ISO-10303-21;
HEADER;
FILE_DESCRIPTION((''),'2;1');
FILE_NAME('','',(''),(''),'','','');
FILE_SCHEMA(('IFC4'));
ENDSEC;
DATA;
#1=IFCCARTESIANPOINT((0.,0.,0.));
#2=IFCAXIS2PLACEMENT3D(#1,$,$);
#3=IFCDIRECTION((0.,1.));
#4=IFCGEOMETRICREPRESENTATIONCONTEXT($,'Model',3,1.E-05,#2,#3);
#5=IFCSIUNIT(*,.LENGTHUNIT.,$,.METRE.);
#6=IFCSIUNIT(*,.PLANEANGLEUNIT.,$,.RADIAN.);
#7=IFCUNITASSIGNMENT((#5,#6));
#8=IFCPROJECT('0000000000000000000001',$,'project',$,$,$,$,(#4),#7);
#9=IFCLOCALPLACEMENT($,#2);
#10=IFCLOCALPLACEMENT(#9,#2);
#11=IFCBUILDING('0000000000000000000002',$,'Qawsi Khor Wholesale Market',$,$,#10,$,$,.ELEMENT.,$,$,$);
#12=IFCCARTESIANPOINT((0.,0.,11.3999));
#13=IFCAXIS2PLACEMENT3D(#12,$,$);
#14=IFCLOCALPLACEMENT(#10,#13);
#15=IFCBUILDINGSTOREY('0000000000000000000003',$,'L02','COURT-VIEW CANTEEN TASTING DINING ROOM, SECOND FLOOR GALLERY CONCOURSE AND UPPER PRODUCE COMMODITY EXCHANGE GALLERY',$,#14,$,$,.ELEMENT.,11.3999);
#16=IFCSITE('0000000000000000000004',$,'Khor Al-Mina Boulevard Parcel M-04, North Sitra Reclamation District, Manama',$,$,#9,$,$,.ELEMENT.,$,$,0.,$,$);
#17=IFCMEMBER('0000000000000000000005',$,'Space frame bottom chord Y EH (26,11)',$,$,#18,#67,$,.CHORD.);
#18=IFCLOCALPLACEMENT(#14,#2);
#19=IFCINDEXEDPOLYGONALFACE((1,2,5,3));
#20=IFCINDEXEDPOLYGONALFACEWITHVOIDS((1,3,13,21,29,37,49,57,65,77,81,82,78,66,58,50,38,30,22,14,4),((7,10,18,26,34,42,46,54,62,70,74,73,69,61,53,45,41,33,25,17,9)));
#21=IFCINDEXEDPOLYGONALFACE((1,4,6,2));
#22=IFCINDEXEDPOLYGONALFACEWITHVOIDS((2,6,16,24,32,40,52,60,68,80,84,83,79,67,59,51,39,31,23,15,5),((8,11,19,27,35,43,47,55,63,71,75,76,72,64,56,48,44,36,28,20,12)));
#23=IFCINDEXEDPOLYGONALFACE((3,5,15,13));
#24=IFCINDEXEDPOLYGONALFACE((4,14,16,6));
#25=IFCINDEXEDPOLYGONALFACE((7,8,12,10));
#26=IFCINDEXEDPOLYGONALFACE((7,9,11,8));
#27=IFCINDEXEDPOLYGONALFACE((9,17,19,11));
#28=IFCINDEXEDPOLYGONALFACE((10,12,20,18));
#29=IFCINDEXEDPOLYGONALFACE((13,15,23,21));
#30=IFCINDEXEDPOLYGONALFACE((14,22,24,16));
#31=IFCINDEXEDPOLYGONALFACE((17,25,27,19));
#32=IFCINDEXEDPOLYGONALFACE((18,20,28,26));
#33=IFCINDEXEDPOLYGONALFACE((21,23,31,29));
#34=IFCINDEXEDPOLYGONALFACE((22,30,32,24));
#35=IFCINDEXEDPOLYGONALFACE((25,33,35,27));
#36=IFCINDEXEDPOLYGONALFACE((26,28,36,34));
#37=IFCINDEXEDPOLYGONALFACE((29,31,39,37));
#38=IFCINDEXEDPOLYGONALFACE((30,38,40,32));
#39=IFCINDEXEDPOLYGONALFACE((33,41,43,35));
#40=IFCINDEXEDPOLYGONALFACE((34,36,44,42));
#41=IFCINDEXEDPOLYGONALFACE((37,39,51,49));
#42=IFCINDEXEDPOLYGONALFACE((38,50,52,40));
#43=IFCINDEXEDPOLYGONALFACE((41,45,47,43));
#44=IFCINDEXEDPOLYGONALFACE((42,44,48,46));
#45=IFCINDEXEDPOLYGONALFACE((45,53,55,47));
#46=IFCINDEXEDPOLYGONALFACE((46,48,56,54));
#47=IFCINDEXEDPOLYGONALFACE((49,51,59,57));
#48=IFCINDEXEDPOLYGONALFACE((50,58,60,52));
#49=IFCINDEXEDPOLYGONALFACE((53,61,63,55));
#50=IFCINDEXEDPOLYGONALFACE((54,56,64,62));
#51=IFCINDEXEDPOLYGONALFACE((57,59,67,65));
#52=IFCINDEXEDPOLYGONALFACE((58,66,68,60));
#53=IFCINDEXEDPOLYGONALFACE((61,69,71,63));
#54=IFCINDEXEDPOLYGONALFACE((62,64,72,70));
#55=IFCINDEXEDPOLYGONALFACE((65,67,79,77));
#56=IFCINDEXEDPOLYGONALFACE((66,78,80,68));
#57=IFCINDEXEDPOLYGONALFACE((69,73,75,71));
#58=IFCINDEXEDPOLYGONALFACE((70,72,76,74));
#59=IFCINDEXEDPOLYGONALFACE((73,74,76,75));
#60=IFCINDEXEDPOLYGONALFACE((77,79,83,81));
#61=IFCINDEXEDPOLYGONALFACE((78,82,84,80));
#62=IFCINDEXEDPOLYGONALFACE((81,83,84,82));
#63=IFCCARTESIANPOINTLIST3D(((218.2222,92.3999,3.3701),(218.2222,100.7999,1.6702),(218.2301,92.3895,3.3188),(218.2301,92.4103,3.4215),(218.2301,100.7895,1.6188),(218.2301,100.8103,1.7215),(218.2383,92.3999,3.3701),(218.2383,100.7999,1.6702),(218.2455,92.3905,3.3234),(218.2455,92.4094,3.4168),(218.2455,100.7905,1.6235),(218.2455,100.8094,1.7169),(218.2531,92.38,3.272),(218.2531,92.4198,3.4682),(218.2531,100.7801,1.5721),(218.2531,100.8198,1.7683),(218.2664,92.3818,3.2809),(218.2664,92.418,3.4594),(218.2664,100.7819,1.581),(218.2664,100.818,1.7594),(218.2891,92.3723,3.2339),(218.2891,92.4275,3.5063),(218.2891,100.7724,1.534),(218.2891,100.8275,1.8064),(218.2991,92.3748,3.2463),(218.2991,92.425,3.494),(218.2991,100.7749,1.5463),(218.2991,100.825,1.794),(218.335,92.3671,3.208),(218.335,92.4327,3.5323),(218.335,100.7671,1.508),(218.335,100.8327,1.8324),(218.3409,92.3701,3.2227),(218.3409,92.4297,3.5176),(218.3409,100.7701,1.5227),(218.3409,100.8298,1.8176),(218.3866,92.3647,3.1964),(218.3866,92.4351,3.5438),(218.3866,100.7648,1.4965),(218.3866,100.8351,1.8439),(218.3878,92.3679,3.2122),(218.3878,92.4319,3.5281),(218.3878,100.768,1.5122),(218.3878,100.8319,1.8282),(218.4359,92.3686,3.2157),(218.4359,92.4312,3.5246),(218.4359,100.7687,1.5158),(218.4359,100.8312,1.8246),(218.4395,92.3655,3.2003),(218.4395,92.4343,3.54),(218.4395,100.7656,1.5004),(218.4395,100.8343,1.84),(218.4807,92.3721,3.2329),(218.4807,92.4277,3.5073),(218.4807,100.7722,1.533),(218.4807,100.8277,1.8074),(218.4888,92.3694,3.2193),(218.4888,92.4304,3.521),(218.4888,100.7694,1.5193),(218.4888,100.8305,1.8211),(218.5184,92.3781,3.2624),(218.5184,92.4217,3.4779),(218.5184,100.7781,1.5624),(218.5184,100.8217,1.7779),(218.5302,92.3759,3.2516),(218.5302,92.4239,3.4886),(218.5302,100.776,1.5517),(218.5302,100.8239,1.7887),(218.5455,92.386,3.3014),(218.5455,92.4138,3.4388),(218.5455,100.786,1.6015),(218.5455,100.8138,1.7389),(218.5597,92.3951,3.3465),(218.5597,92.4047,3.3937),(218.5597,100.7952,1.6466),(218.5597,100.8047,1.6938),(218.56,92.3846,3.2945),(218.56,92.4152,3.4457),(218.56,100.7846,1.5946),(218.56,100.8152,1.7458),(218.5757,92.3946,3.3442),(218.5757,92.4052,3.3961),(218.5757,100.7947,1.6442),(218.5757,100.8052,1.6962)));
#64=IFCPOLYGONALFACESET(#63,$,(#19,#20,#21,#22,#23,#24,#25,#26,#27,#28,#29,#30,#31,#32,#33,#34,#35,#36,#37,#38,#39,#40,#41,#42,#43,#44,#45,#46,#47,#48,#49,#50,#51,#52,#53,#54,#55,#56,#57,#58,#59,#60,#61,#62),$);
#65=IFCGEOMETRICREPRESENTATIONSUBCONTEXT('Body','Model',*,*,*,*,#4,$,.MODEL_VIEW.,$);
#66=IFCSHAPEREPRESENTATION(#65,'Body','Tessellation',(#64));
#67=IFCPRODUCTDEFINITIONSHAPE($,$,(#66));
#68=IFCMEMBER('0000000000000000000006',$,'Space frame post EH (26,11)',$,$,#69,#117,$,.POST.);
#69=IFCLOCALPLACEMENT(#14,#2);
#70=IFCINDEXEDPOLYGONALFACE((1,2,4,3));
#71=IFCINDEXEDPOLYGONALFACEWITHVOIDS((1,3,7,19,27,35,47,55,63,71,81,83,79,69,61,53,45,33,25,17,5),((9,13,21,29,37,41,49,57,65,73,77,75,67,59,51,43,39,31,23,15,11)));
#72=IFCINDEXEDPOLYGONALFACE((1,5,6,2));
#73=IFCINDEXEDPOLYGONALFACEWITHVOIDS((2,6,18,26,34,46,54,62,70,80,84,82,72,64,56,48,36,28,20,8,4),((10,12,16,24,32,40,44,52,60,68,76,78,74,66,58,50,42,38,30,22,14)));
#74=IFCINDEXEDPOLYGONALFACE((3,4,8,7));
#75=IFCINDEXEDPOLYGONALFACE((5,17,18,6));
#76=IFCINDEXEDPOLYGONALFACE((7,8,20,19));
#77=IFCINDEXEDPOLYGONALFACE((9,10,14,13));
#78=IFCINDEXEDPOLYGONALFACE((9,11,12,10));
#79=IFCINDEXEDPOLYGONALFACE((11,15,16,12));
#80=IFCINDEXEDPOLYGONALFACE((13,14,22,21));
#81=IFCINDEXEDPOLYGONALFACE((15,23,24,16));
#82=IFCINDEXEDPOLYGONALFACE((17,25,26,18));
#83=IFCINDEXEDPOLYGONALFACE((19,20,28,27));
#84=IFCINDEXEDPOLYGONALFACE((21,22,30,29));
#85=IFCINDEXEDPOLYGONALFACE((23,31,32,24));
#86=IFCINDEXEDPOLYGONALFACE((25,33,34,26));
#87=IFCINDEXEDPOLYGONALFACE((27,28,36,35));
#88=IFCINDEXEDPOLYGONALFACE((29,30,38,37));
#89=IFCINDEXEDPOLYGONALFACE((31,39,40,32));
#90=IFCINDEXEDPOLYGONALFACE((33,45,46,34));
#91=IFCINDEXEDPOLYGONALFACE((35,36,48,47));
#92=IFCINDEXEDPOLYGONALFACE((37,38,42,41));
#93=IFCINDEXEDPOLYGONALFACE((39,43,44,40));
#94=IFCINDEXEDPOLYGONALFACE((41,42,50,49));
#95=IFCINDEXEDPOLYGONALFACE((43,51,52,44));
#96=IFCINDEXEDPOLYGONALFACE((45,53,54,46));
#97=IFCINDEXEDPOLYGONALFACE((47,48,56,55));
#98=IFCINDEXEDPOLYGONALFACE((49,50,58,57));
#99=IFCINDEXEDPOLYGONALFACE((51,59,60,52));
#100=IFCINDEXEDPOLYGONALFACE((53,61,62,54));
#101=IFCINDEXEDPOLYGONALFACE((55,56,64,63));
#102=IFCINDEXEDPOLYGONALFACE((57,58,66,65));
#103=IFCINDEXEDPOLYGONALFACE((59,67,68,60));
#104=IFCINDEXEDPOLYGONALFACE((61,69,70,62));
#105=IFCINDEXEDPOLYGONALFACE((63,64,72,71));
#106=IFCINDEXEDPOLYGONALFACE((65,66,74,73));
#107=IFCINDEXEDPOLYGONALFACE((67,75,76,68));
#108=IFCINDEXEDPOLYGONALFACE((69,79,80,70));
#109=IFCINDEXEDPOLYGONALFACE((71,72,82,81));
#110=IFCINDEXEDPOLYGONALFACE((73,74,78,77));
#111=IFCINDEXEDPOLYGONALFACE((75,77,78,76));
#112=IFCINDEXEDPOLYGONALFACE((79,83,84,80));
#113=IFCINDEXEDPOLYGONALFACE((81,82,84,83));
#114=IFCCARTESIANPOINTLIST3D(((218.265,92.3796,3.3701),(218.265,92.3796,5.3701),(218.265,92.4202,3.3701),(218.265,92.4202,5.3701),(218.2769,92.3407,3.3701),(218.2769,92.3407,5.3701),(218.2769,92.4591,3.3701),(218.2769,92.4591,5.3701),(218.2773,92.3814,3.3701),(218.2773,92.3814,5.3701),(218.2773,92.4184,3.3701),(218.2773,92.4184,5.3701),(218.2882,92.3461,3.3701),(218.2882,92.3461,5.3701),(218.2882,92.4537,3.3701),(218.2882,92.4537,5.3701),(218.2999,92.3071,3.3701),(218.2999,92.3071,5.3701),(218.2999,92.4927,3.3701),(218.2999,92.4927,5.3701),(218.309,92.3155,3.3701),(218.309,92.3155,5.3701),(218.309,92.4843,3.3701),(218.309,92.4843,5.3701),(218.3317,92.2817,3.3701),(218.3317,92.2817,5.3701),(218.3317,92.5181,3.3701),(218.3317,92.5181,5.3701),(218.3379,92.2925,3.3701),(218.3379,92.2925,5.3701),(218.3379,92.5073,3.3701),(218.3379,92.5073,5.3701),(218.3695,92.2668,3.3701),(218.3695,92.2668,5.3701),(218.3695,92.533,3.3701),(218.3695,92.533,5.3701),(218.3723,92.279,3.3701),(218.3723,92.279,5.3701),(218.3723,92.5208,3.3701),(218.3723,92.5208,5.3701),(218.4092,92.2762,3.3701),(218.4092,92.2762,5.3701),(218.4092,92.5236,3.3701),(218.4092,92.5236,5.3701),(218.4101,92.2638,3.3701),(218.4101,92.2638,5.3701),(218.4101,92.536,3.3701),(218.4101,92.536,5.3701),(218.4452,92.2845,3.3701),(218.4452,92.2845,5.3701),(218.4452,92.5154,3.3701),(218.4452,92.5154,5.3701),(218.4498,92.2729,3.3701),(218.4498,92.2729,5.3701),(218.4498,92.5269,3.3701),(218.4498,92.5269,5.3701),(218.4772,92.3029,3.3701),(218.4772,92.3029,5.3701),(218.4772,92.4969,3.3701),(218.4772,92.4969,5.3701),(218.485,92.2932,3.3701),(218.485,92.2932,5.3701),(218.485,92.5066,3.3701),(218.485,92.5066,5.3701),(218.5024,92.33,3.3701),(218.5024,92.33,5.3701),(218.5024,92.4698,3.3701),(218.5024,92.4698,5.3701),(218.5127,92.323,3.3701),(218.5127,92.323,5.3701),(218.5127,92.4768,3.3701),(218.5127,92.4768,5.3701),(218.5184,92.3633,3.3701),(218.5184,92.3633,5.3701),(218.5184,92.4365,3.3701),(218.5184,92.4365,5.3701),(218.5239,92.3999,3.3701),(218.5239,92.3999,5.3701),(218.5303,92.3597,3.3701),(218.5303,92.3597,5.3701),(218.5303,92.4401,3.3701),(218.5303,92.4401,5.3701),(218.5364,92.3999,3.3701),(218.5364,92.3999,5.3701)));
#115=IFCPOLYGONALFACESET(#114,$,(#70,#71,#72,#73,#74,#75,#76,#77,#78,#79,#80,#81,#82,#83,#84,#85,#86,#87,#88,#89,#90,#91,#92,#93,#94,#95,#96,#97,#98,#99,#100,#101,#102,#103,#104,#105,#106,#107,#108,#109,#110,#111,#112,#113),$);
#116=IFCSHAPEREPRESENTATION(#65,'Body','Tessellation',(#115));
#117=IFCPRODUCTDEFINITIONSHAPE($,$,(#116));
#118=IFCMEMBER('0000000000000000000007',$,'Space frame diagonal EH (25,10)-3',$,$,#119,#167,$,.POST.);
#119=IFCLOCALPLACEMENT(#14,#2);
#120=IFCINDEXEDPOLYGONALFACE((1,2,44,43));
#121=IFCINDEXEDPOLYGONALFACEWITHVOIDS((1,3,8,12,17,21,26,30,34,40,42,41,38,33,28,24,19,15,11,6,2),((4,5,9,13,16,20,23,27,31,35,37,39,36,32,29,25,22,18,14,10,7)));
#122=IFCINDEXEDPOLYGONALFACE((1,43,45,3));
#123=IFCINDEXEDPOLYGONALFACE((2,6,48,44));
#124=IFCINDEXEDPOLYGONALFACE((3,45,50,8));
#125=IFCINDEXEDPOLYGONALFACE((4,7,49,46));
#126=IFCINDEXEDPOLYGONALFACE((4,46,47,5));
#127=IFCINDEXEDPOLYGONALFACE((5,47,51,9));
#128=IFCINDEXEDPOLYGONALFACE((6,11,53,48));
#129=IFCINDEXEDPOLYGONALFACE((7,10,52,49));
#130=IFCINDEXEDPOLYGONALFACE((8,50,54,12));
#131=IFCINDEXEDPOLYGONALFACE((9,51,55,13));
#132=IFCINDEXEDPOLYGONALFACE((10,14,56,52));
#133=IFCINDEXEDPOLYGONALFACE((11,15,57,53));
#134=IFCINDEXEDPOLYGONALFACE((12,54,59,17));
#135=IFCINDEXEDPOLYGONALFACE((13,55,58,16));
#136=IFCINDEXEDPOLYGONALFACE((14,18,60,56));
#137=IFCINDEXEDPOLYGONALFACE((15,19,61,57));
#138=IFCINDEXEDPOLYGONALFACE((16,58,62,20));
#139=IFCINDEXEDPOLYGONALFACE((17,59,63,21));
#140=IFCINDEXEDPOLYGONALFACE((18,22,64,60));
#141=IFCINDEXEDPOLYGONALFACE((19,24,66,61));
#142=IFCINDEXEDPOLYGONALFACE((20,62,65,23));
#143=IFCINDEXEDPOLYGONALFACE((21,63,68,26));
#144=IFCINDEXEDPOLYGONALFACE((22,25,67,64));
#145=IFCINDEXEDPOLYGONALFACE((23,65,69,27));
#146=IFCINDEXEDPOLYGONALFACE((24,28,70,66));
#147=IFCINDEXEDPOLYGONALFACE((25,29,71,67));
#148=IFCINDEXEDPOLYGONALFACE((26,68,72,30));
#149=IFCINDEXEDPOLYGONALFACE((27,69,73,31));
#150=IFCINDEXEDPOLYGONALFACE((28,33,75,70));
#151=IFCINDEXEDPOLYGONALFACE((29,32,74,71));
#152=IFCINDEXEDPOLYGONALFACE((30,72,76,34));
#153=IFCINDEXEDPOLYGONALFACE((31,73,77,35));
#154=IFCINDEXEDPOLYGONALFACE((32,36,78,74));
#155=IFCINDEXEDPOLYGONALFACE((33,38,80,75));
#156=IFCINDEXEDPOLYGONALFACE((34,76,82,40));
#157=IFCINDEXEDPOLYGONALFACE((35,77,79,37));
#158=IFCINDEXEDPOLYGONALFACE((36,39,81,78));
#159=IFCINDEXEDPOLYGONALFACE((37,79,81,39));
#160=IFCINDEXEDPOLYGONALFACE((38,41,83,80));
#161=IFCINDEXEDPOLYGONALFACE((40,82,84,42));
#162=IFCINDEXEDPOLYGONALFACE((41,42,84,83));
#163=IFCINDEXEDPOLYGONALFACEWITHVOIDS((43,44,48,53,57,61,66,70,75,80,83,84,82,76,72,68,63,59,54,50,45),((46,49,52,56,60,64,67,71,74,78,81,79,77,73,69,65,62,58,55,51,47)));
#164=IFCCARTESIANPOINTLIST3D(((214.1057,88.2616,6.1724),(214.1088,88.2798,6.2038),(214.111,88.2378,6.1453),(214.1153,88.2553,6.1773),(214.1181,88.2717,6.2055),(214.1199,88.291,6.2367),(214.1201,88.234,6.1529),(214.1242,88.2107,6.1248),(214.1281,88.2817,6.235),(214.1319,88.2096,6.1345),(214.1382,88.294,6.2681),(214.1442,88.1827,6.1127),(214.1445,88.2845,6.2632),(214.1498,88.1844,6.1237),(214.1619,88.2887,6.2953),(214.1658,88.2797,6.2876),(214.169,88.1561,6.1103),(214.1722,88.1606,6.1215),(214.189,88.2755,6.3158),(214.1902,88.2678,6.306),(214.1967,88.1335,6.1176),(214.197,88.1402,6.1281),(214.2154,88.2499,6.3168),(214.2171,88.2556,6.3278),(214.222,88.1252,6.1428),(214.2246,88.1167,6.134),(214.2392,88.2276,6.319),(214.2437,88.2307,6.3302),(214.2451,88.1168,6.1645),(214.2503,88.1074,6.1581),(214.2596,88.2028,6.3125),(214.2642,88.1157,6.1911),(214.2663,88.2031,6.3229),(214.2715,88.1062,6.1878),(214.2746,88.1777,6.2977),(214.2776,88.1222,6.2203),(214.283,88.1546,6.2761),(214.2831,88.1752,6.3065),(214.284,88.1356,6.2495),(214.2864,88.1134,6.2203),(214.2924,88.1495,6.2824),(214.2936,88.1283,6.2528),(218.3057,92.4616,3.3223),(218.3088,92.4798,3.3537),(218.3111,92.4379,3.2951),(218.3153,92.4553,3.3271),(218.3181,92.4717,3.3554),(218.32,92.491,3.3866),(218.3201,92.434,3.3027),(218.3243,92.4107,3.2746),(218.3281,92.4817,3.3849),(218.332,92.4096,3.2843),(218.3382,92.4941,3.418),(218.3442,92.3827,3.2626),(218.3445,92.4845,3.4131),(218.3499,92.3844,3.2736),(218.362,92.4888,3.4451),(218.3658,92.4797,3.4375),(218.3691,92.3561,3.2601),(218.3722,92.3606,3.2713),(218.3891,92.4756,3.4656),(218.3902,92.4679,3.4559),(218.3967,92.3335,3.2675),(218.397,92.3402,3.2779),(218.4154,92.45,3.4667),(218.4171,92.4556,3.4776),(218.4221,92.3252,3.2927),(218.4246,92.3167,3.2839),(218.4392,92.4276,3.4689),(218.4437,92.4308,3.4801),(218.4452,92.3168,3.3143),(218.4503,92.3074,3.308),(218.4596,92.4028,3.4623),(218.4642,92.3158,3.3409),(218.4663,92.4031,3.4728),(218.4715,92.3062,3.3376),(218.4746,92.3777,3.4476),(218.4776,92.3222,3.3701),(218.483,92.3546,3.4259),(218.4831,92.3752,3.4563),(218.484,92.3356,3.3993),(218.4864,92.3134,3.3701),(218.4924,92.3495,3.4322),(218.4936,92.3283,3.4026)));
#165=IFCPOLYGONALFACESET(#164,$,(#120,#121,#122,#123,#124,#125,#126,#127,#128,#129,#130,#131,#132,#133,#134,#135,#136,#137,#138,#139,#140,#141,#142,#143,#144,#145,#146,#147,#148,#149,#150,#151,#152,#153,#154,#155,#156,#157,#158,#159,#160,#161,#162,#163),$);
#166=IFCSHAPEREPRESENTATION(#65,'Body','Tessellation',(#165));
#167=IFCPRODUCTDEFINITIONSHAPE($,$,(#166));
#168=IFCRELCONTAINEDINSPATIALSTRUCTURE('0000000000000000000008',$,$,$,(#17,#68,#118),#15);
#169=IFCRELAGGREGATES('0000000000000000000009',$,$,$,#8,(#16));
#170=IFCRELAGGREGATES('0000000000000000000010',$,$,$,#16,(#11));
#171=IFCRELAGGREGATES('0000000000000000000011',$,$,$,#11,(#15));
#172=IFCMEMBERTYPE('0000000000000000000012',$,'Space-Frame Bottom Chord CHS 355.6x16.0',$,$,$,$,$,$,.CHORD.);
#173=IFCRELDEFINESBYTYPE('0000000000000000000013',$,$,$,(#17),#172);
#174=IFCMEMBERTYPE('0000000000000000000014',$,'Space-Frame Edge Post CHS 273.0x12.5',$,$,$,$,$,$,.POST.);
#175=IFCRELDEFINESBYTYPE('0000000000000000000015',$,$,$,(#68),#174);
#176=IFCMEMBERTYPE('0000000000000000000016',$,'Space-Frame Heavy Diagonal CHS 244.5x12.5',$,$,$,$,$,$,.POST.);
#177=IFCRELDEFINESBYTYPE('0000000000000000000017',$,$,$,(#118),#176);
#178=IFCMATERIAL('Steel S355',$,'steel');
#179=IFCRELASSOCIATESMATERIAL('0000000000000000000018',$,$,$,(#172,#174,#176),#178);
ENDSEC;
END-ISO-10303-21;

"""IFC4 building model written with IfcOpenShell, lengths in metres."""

from ifc_helpers import new_model, si_unit, direction, frame, origin, origin_2d, place, context, subcontext, project, spatial, hollow_circle, extrude, material, material_profile, profile_set, type_object, element, save


model = new_model("IFC4")

# Units and contexts
model_context = context("Model", 3, precision=1e-05, world=origin(), true_north=direction((0.0, 1.0)))
body_context = subcontext(model_context, "Body", "Model", "MODEL_VIEW")
ifc_project = project(units=[si_unit("LENGTHUNIT", "METRE"), si_unit("PLANEANGLEUNIT", "RADIAN")], contexts=[model_context])

# Site, building, storey
site_placement = place(None, origin())
site = spatial("IfcSite", under=ifc_project, at=site_placement, Name="Khor Al-Mina Boulevard Parcel M-04, North Sitra Reclamation District, Manama", CompositionType="ELEMENT", RefElevation=0.0)
building_placement = place(site_placement, origin())
building = spatial("IfcBuilding", under=site, at=building_placement, Name="Qawsi Khor Wholesale Market", CompositionType="ELEMENT")
storey_placement = place(building_placement, frame((0.0, 0.0, 11.3999)))
storey = spatial("IfcBuildingStorey", under=building, at=storey_placement, Name="L02", Description="COURT-VIEW CANTEEN TASTING DINING ROOM, SECOND FLOOR GALLERY CONCOURSE AND UPPER PRODUCE COMMODITY EXCHANGE GALLERY", CompositionType="ELEMENT", Elevation=11.3999)

# Members
ifc_material_1 = material(Name="Steel S355", Category="steel")
ifc_material_profile_1 = material_profile(ifc_material_1, hollow_circle(Radius=0.1777, WallThickness=0.0161, at=origin_2d()), Name="CHS 355.6x16.0")
ifc_profile_set_1 = profile_set([ifc_material_profile_1], Name="Steel S355")
member_type_1 = type_object("IfcMemberType", Name="Space-Frame Bottom Chord CHS 355.6x16.0", PredefinedType="CHORD", material=ifc_profile_set_1)
member_1_placement = place(storey_placement, frame((218.3999, 92.3999, 3.3701), z_axis=(0.0, 0.980131, -0.198351), x_axis=(-1.0, 0.0, 0.0)))
element("IfcMember", 1, at=member_1_placement, inside=storey, type_object=member_type_1, Name="Space frame bottom chord Y EH (26,11)", PredefinedType="CHORD", context=body_context, shape_type="SweptSolid", body=[
    extrude(hollow_circle(Radius=0.1777, WallThickness=0.0161, at=origin_2d()), origin(), (0.0, 0.0, 1.0), 8.5703),
])
ifc_material_profile_2 = material_profile(ifc_material_1, hollow_circle(Radius=0.1365, WallThickness=0.0125, at=origin_2d()), Name="CHS 273.0x12.5")
ifc_profile_set_2 = profile_set([ifc_material_profile_2], Name="Steel S355")
member_type_2 = type_object("IfcMemberType", Name="Space-Frame Edge Post CHS 273.0x12.5", PredefinedType="POST", material=ifc_profile_set_2)
member_2_placement = place(storey_placement, frame((218.3999, 92.3999, 3.3701), z_axis=(0.0, 0.0, 1.0), x_axis=(1.0, 0.0, 0.0)))
element("IfcMember", 2, at=member_2_placement, inside=storey, type_object=member_type_2, Name="Space frame post EH (26,11)", PredefinedType="POST", context=body_context, shape_type="SweptSolid", body=[
    extrude(hollow_circle(Radius=0.1365, WallThickness=0.0125, at=origin_2d()), origin(), (0.0, 0.0, 1.0), 2.0),
])
ifc_material_profile_3 = material_profile(ifc_material_1, hollow_circle(Radius=0.1223, WallThickness=0.0125, at=origin_2d()), Name="CHS 244.5x12.5")
ifc_profile_set_3 = profile_set([ifc_material_profile_3], Name="Steel S355")
member_type_3 = type_object("IfcMemberType", Name="Space-Frame Heavy Diagonal CHS 244.5x12.5", PredefinedType="POST", material=ifc_profile_set_3)
member_3_placement = place(storey_placement, frame((218.3999, 92.3999, 3.3701), z_axis=(-0.637512, -0.637512, 0.432617), x_axis=(0.707107, -0.707107, 0.0)))
element("IfcMember", 3, at=member_3_placement, inside=storey, type_object=member_type_3, Name="Space frame diagonal EH (25,10)-3", PredefinedType="POST", context=body_context, shape_type="SweptSolid", body=[
    extrude(hollow_circle(Radius=0.1223, WallThickness=0.0125, at=origin_2d()), origin(), (0.0, 0.0, 1.0), 6.5881),
])

save(model, "model.ifc")
